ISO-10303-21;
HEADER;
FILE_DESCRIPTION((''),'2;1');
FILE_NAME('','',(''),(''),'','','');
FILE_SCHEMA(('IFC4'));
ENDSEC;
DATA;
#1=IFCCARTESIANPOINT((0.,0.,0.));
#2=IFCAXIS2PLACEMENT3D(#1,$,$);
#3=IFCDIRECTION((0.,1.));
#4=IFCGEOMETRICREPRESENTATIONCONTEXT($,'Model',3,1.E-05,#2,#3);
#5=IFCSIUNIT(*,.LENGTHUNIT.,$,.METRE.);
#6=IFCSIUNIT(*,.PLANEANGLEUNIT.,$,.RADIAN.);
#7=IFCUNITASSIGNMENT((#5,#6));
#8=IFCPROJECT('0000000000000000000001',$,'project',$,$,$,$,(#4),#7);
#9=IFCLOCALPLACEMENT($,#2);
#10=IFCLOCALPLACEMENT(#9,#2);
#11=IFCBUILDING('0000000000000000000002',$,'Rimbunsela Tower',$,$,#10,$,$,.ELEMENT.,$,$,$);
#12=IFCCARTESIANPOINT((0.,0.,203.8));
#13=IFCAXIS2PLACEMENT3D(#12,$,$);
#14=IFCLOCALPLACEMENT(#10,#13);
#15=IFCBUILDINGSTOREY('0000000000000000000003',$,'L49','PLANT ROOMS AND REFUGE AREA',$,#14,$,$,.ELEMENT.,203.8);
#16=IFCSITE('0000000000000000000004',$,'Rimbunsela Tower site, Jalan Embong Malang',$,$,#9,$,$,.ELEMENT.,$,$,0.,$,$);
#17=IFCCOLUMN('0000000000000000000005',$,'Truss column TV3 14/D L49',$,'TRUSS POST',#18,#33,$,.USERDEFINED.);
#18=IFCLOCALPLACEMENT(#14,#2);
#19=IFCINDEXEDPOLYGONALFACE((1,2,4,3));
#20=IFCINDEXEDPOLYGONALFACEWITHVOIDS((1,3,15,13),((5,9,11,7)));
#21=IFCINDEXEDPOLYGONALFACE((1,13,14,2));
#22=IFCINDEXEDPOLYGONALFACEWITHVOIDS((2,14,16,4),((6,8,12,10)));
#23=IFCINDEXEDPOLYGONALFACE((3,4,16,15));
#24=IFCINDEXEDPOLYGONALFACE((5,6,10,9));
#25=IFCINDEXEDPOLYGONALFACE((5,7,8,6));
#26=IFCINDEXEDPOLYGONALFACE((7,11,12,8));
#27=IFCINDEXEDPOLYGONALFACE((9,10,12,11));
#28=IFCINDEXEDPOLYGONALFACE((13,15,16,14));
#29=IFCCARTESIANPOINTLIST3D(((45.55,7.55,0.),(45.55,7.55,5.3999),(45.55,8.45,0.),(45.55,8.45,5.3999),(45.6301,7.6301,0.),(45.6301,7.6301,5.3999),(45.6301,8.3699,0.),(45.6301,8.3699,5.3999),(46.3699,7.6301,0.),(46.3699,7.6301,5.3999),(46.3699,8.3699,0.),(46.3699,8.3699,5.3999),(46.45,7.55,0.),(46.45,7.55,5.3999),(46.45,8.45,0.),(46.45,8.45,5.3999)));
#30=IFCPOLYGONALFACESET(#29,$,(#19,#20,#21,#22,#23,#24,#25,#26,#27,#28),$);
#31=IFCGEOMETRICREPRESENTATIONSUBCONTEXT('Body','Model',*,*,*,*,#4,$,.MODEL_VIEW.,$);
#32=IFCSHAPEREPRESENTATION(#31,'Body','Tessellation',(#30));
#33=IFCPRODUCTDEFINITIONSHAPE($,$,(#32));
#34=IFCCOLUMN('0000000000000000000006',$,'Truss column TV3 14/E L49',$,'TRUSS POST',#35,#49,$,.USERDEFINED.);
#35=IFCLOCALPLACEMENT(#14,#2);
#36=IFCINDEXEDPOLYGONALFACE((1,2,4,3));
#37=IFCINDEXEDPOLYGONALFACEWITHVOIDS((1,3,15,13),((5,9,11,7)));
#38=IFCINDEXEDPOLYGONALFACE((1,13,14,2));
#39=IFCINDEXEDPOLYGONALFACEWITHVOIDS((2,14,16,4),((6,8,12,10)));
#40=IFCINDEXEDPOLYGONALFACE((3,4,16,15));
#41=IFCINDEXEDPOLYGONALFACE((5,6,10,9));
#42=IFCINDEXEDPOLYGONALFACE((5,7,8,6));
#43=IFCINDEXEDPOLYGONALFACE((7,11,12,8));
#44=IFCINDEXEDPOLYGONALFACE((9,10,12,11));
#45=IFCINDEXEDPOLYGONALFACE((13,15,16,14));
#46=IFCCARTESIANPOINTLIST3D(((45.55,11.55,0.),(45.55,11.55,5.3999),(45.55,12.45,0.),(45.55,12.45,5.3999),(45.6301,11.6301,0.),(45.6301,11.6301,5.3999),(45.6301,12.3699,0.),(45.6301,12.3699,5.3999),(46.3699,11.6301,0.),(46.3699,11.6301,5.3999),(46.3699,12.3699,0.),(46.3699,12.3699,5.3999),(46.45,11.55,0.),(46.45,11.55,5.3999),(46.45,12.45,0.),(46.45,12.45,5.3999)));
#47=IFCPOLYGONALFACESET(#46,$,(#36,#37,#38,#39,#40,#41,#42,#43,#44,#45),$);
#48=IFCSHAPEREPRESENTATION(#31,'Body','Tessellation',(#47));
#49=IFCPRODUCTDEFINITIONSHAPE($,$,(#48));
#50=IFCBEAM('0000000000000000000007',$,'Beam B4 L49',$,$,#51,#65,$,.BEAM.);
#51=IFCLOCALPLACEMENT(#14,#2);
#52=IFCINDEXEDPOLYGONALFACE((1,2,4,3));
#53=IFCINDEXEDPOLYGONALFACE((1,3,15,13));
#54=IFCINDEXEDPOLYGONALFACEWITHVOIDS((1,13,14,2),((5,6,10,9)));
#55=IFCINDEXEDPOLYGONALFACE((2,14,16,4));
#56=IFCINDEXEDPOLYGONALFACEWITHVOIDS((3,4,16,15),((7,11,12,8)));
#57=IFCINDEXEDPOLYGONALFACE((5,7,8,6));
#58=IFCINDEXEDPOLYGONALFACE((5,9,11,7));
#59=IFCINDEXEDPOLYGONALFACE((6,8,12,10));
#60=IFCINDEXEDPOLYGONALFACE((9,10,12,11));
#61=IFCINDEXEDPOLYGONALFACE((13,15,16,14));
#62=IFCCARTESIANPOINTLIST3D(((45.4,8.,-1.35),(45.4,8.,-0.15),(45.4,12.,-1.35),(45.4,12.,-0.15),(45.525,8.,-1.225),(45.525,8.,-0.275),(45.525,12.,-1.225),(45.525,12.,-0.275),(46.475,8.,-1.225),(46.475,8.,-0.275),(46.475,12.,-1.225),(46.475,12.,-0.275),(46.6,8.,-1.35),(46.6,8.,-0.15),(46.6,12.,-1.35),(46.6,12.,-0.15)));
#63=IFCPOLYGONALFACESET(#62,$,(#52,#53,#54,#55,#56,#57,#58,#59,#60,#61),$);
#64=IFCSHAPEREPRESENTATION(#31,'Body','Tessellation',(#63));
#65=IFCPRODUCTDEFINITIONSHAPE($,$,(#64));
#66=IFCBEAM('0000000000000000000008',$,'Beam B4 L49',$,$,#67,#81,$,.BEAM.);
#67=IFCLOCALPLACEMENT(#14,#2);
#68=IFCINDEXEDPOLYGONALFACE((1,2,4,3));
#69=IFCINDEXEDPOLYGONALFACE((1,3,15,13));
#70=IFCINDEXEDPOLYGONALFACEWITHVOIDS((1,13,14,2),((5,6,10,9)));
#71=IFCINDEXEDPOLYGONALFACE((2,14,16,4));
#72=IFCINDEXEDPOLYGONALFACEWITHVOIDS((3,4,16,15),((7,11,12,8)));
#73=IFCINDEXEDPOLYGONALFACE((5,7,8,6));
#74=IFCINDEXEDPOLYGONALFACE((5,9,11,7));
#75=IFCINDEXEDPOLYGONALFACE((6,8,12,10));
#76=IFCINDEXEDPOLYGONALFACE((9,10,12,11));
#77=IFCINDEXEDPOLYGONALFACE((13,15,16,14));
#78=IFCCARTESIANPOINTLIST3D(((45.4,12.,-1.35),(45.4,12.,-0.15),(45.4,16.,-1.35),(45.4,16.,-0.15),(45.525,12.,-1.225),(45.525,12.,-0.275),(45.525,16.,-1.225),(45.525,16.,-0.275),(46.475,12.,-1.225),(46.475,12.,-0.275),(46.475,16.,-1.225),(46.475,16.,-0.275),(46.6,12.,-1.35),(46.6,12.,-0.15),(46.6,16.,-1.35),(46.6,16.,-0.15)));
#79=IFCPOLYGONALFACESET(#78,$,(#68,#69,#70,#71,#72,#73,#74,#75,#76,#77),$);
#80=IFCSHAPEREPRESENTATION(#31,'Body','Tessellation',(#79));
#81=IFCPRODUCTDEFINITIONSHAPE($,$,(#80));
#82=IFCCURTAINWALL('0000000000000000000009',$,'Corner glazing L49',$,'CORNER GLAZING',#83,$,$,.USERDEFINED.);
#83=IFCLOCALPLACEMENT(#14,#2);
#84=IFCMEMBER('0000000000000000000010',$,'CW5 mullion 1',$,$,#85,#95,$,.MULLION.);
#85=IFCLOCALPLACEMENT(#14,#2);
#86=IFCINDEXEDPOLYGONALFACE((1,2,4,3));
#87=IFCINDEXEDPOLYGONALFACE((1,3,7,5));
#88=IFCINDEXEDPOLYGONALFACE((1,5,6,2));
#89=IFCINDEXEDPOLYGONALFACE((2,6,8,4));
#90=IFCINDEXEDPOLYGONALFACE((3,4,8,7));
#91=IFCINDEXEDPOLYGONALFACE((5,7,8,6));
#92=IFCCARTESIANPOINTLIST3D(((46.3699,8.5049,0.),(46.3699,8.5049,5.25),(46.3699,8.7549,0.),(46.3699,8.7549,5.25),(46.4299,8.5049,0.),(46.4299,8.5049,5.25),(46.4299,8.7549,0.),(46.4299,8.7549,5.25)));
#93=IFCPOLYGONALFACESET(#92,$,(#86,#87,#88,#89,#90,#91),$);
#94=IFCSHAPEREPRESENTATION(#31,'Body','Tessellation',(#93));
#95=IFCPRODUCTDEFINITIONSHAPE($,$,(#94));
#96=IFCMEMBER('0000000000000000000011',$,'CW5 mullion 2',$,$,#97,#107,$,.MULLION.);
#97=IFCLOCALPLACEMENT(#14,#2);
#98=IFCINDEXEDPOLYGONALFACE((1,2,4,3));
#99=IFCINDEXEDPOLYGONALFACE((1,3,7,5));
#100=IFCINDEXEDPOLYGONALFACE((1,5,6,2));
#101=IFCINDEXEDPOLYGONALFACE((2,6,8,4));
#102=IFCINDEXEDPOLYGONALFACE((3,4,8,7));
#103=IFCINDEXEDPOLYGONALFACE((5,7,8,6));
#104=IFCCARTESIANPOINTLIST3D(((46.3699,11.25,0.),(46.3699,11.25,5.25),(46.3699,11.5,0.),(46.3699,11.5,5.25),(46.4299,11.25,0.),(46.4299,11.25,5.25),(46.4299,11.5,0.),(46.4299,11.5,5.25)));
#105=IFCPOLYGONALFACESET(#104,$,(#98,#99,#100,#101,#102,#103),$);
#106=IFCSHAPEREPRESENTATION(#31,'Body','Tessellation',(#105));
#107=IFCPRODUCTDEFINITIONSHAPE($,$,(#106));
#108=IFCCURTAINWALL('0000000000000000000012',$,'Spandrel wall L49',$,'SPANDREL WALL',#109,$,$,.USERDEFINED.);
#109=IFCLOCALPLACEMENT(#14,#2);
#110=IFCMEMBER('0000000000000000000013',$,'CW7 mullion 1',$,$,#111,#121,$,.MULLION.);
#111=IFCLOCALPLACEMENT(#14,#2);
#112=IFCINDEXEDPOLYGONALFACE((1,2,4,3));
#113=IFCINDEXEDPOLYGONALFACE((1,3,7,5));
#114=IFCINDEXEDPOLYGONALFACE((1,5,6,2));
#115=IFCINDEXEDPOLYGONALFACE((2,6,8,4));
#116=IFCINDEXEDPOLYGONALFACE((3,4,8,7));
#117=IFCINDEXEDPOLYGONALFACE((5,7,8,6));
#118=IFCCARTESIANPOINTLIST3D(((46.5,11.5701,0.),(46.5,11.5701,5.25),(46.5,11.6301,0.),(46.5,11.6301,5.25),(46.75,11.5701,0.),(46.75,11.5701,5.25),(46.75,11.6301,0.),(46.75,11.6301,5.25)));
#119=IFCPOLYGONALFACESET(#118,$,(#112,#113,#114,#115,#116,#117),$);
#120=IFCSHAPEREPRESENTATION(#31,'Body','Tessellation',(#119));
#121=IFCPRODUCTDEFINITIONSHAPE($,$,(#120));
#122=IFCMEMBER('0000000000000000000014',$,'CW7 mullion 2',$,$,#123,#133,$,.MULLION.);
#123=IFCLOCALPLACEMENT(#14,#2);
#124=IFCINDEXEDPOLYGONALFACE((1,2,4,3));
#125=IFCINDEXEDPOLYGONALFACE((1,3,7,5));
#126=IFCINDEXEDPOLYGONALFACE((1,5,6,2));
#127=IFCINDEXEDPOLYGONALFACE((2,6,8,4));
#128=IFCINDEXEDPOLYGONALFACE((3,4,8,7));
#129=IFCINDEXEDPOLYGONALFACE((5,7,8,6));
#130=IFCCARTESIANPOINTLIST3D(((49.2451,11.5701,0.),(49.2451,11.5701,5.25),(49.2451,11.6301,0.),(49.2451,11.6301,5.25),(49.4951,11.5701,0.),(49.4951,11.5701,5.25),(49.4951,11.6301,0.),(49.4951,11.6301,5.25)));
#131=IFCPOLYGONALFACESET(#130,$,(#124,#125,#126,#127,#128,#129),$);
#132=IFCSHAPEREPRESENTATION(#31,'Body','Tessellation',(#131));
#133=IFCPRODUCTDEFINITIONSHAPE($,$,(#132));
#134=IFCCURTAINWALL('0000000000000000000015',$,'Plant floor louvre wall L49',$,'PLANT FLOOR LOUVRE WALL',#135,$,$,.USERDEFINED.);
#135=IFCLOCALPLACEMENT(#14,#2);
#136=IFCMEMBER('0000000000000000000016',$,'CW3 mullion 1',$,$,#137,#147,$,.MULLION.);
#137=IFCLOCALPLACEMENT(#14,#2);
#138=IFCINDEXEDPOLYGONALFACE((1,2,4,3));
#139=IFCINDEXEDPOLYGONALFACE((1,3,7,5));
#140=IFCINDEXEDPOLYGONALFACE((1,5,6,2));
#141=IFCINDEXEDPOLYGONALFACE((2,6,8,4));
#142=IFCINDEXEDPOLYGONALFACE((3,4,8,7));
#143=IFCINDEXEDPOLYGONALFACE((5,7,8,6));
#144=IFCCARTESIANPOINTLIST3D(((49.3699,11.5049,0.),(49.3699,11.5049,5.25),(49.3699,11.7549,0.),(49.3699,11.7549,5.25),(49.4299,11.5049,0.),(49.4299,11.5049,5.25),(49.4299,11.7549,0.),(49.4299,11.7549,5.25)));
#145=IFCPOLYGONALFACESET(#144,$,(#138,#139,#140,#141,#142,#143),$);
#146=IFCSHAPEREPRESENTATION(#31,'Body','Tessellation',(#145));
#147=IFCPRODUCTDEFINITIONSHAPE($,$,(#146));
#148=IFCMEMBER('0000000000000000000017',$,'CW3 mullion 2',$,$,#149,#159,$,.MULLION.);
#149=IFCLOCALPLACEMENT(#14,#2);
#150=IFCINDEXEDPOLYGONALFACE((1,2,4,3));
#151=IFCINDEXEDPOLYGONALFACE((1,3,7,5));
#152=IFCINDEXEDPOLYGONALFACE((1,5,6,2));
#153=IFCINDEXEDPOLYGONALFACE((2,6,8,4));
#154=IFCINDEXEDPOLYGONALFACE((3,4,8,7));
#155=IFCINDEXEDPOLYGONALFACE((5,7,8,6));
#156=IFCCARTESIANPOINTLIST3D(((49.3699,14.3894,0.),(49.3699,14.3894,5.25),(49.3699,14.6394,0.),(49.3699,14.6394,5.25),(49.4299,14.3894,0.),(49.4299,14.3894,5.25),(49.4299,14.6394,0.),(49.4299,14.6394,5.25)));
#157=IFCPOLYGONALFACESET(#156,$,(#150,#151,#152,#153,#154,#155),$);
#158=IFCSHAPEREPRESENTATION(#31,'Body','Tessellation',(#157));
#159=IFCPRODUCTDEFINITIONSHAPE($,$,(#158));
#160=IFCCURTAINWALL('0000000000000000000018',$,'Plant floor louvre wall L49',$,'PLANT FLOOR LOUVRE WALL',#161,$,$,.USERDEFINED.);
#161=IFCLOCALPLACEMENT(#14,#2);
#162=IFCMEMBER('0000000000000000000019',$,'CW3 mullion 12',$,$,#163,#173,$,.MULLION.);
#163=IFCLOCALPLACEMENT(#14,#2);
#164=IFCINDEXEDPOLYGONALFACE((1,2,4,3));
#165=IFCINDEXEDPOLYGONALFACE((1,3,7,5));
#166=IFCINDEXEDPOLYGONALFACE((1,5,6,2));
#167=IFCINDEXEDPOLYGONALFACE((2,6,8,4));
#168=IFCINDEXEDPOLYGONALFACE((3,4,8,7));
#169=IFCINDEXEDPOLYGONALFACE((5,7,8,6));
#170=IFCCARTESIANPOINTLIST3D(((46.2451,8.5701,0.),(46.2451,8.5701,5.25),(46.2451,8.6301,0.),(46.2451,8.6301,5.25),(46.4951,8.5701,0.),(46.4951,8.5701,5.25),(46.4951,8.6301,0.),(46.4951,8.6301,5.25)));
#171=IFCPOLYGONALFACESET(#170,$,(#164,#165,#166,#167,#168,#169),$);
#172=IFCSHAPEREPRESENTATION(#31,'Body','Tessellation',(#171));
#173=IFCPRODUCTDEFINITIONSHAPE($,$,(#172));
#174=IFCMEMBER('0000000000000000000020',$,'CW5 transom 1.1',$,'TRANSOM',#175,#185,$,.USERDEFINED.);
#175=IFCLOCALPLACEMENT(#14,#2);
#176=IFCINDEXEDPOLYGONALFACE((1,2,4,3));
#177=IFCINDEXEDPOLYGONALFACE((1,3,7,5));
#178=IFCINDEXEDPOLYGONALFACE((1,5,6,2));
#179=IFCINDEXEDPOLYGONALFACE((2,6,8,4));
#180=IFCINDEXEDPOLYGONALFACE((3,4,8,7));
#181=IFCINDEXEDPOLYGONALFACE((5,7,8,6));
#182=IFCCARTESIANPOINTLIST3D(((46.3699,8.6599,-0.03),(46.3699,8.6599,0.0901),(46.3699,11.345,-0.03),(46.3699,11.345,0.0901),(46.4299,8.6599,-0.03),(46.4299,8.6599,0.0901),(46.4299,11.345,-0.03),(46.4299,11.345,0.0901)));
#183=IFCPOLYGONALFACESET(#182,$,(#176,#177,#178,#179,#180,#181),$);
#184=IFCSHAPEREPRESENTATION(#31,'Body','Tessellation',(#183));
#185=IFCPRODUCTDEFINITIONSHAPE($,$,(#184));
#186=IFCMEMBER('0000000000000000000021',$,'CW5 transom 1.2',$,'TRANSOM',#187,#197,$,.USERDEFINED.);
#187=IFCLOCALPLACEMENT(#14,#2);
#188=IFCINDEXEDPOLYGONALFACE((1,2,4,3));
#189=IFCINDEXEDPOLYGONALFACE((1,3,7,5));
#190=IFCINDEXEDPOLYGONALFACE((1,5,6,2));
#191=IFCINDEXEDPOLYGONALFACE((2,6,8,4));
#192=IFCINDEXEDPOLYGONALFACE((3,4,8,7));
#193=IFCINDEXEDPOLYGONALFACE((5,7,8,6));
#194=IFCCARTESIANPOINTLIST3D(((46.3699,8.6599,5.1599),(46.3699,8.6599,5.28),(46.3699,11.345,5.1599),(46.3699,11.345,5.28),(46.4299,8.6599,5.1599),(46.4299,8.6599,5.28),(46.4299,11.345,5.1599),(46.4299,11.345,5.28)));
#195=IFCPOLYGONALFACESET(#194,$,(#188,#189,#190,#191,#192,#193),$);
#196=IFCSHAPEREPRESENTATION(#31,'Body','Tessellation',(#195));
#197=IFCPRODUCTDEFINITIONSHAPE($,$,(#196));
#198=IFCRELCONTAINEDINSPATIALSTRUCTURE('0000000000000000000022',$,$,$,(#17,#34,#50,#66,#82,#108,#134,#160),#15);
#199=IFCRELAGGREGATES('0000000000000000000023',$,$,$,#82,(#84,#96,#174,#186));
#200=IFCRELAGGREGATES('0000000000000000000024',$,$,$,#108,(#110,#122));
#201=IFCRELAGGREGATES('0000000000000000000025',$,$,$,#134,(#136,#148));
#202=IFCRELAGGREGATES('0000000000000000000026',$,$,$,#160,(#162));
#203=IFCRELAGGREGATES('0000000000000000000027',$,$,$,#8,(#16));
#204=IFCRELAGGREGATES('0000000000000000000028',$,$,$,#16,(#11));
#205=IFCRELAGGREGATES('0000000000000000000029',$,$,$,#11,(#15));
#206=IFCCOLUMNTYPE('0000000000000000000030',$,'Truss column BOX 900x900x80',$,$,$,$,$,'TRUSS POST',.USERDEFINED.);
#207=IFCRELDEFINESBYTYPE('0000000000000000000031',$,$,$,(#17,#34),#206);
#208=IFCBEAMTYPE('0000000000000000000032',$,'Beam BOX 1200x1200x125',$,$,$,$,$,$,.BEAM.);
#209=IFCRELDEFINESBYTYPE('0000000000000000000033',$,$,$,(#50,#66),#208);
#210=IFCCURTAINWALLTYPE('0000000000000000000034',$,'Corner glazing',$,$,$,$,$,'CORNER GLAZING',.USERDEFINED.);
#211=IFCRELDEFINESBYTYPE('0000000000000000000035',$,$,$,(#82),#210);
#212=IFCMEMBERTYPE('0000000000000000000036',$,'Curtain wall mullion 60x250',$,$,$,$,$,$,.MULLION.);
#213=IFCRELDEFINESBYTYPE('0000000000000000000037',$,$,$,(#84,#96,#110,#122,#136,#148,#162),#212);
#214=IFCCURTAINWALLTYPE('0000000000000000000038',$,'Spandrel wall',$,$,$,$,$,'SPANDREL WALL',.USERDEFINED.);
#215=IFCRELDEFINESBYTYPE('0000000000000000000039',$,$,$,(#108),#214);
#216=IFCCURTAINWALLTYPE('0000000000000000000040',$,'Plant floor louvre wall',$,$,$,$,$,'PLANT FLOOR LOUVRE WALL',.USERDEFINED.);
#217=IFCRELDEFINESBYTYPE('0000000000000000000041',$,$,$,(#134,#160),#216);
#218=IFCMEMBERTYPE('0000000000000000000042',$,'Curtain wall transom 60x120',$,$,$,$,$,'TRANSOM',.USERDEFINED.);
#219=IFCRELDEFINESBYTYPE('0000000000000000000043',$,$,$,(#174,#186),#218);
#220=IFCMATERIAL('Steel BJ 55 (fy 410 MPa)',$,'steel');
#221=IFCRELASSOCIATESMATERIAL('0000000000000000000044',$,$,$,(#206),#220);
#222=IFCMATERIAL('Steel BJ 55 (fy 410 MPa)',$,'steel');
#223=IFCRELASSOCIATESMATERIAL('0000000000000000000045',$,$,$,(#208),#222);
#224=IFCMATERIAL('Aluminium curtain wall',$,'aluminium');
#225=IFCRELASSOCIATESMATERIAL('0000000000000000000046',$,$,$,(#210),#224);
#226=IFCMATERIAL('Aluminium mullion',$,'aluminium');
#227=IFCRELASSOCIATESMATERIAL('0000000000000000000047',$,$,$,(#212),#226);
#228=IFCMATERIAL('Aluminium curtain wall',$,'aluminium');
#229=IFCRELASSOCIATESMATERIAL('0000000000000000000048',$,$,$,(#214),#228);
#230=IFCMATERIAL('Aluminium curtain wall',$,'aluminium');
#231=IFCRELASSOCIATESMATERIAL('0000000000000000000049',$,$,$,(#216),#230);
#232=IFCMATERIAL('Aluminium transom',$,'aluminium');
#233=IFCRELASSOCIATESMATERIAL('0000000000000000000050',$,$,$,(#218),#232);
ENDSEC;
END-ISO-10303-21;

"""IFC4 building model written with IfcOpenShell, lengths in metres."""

from ifc_helpers import new_model, si_unit, direction, frame, origin, origin_2d, place, context, subcontext, project, spatial, rectangle, hollow_rectangle, extrude, material, material_profile, profile_set, type_object, element, aggregate, save


model = new_model("IFC4")

# Units and contexts
model_context = context("Model", 3, precision=1e-05, world=origin(), true_north=direction((0.0, 1.0)))
body_context = subcontext(model_context, "Body", "Model", "MODEL_VIEW")
ifc_project = project(units=[si_unit("LENGTHUNIT", "METRE"), si_unit("PLANEANGLEUNIT", "RADIAN")], contexts=[model_context])

# Site, building, storey
site_placement = place(None, origin())
site = spatial("IfcSite", under=ifc_project, at=site_placement, Name="Rimbunsela Tower site, Jalan Embong Malang", CompositionType="ELEMENT", RefElevation=0.0)
building_placement = place(site_placement, origin())
building = spatial("IfcBuilding", under=site, at=building_placement, Name="Rimbunsela Tower", CompositionType="ELEMENT")
storey_placement = place(building_placement, frame((0.0, 0.0, 203.8)))
storey = spatial("IfcBuildingStorey", under=building, at=storey_placement, Name="L49", Description="PLANT ROOMS AND REFUGE AREA", CompositionType="ELEMENT", Elevation=203.8)

# Columns
ifc_material_1 = material(Name="Steel BJ 55 (fy 410 MPa)", Category="steel")
ifc_material_profile_1 = material_profile(ifc_material_1, hollow_rectangle(XDim=0.8999, YDim=0.8999, WallThickness=0.0801, at=origin_2d()), Name="BOX 900x900x80")
ifc_profile_set_1 = profile_set([ifc_material_profile_1], Name="Steel BJ 55 (fy 410 MPa)")
column_type = type_object("IfcColumnType", Name="Truss column BOX 900x900x80", ElementType="TRUSS POST", PredefinedType="USERDEFINED", material=ifc_profile_set_1)
for number, where, z_axis, x_axis, name in (
    (1, (46.0, 8.0, 0.0), (0.0, 0.0, 1.0), (1.0, 0.0, 0.0), "Truss column TV3 14/D L49"),
    (2, (46.0, 12.0, 0.0), (0.0, 0.0, 1.0), (1.0, 0.0, 0.0), "Truss column TV3 14/E L49"),
):
    element("IfcColumn", number, at=place(storey_placement, frame(where, z_axis=z_axis, x_axis=x_axis)), inside=storey, type_object=column_type, Name=name, ObjectType="TRUSS POST", PredefinedType="USERDEFINED", context=body_context, shape_type="SweptSolid", body=[
        extrude(hollow_rectangle(XDim=0.8999, YDim=0.8999, WallThickness=0.0801, at=origin_2d()), origin(), (0.0, 0.0, 1.0), 5.3999),
    ])

# Beams
ifc_material_2 = material(Name="Steel BJ 55 (fy 410 MPa)", Category="steel")
ifc_material_profile_2 = material_profile(ifc_material_2, hollow_rectangle(XDim=1.2, YDim=1.2, WallThickness=0.125, at=origin_2d()), Name="BOX 1200x1200x125")
ifc_profile_set_2 = profile_set([ifc_material_profile_2], Name="Steel BJ 55 (fy 410 MPa)")
beam_type_1 = type_object("IfcBeamType", Name="Beam BOX 1200x1200x125", PredefinedType="BEAM", material=ifc_profile_set_2)
for number, where, z_axis, x_axis, name in (
    (3, (46.0, 8.0, -0.75), (0.0, 1.0, 0.0), (-1.0, 0.0, 0.0), "Beam B4 L49"),
    (4, (46.0, 12.0, -0.75), (0.0, 1.0, 0.0), (-1.0, 0.0, 0.0), "Beam B4 L49"),
):
    element("IfcBeam", number, at=place(storey_placement, frame(where, z_axis=z_axis, x_axis=x_axis)), inside=storey, type_object=beam_type_1, Name=name, PredefinedType="BEAM", context=body_context, shape_type="SweptSolid", body=[
        extrude(hollow_rectangle(XDim=1.2, YDim=1.2, WallThickness=0.125, at=origin_2d()), origin(), (0.0, 0.0, 1.0), 4.0),
    ])

# Curtain walls, members
ifc_material_3 = material(Name="Aluminium curtain wall", Category="aluminium")
curtain_wall_type_1 = type_object("IfcCurtainWallType", Name="Corner glazing", ElementType="CORNER GLAZING", PredefinedType="USERDEFINED", material=ifc_material_3)
curtain_wall_1_placement = place(storey_placement, origin())
curtain_wall_1 = element("IfcCurtainWall", 5, at=curtain_wall_1_placement, inside=storey, type_object=curtain_wall_type_1, Name="Corner glazing L49", ObjectType="CORNER GLAZING", PredefinedType="USERDEFINED")
ifc_material_4 = material(Name="Aluminium mullion", Category="aluminium")
ifc_material_profile_3 = material_profile(ifc_material_4, rectangle(XDim=0.0601, YDim=0.25, at=origin_2d()), Name="Mullion 60x250")
ifc_profile_set_3 = profile_set([ifc_material_profile_3], Name="Aluminium mullion")
member_type_1 = type_object("IfcMemberType", Name="Curtain wall mullion 60x250", PredefinedType="MULLION", material=ifc_profile_set_3)
member_1_placement = place(storey_placement, frame((46.3999, 8.6299, 0.0), z_axis=(0.0, 0.0, 1.0), x_axis=(-1.0, 0.0, 0.0)))
member_1 = element("IfcMember", 6, at=member_1_placement, type_object=member_type_1, Name="CW5 mullion 1", PredefinedType="MULLION", context=body_context, shape_type="SweptSolid", body=[
    extrude(rectangle(XDim=0.0601, YDim=0.25, at=origin_2d()), origin(), (0.0, 0.0, 1.0), 5.25),
])
member_2_placement = place(storey_placement, frame((46.3999, 11.375, 0.0), z_axis=(0.0, 0.0, 1.0), x_axis=(-1.0, 0.0, 0.0)))
member_2 = element("IfcMember", 7, at=member_2_placement, type_object=member_type_1, Name="CW5 mullion 2", PredefinedType="MULLION", context=body_context, shape_type="SweptSolid", body=[
    extrude(rectangle(XDim=0.0601, YDim=0.25, at=origin_2d()), origin(), (0.0, 0.0, 1.0), 5.25),
])
ifc_material_5 = material(Name="Aluminium curtain wall", Category="aluminium")
curtain_wall_type_2 = type_object("IfcCurtainWallType", Name="Spandrel wall", ElementType="SPANDREL WALL", PredefinedType="USERDEFINED", material=ifc_material_5)
curtain_wall_2_placement = place(storey_placement, origin())
curtain_wall_2 = element("IfcCurtainWall", 8, at=curtain_wall_2_placement, inside=storey, type_object=curtain_wall_type_2, Name="Spandrel wall L49", ObjectType="SPANDREL WALL", PredefinedType="USERDEFINED")
member_3_placement = place(storey_placement, frame((46.625, 11.6001, 0.0), z_axis=(0.0, 0.0, 1.0), x_axis=(0.0, 1.0, 0.0)))
member_3 = element("IfcMember", 9, at=member_3_placement, type_object=member_type_1, Name="CW7 mullion 1", PredefinedType="MULLION", context=body_context, shape_type="SweptSolid", body=[
    extrude(rectangle(XDim=0.0601, YDim=0.25, at=origin_2d()), origin(), (0.0, 0.0, 1.0), 5.25),
])
member_4_placement = place(storey_placement, frame((49.3701, 11.6001, 0.0), z_axis=(0.0, 0.0, 1.0), x_axis=(0.0, 1.0, 0.0)))
member_4 = element("IfcMember", 10, at=member_4_placement, type_object=member_type_1, Name="CW7 mullion 2", PredefinedType="MULLION", context=body_context, shape_type="SweptSolid", body=[
    extrude(rectangle(XDim=0.0601, YDim=0.25, at=origin_2d()), origin(), (0.0, 0.0, 1.0), 5.25),
])
ifc_material_6 = material(Name="Aluminium curtain wall", Category="aluminium")
curtain_wall_type_3 = type_object("IfcCurtainWallType", Name="Plant floor louvre wall", ElementType="PLANT FLOOR LOUVRE WALL", PredefinedType="USERDEFINED", material=ifc_material_6)
curtain_wall_3_placement = place(storey_placement, origin())
curtain_wall_3 = element("IfcCurtainWall", 11, at=curtain_wall_3_placement, inside=storey, type_object=curtain_wall_type_3, Name="Plant floor louvre wall L49", ObjectType="PLANT FLOOR LOUVRE WALL", PredefinedType="USERDEFINED")
member_5_placement = place(storey_placement, frame((49.3999, 11.6299, 0.0), z_axis=(0.0, 0.0, 1.0), x_axis=(-1.0, 0.0, 0.0)))
member_5 = element("IfcMember", 12, at=member_5_placement, type_object=member_type_1, Name="CW3 mullion 1", PredefinedType="MULLION", context=body_context, shape_type="SweptSolid", body=[
    extrude(rectangle(XDim=0.0601, YDim=0.25, at=origin_2d()), origin(), (0.0, 0.0, 1.0), 5.25),
])
member_6_placement = place(storey_placement, frame((49.3999, 14.5144, 0.0), z_axis=(0.0, 0.0, 1.0), x_axis=(-1.0, 0.0, 0.0)))
member_6 = element("IfcMember", 13, at=member_6_placement, type_object=member_type_1, Name="CW3 mullion 2", PredefinedType="MULLION", context=body_context, shape_type="SweptSolid", body=[
    extrude(rectangle(XDim=0.0601, YDim=0.25, at=origin_2d()), origin(), (0.0, 0.0, 1.0), 5.25),
])

# Curtain wall, member
curtain_wall_4_placement = place(storey_placement, origin())
curtain_wall_4 = element("IfcCurtainWall", 14, at=curtain_wall_4_placement, inside=storey, type_object=curtain_wall_type_3, Name="Plant floor louvre wall L49", ObjectType="PLANT FLOOR LOUVRE WALL", PredefinedType="USERDEFINED")
member_7_placement = place(storey_placement, frame((46.3701, 8.6001, 0.0), z_axis=(0.0, 0.0, 1.0), x_axis=(0.0, 1.0, 0.0)))
member_7 = element("IfcMember", 15, at=member_7_placement, type_object=member_type_1, Name="CW3 mullion 12", PredefinedType="MULLION", context=body_context, shape_type="SweptSolid", body=[
    extrude(rectangle(XDim=0.0601, YDim=0.25, at=origin_2d()), origin(), (0.0, 0.0, 1.0), 5.25),
])

# Members
ifc_material_7 = material(Name="Aluminium transom", Category="aluminium")
ifc_material_profile_4 = material_profile(ifc_material_7, rectangle(XDim=0.0601, YDim=0.1201, at=origin_2d()), Name="Transom 60x120")
ifc_profile_set_4 = profile_set([ifc_material_profile_4], Name="Aluminium transom")
member_type_2 = type_object("IfcMemberType", Name="Curtain wall transom 60x120", ElementType="TRANSOM", PredefinedType="USERDEFINED", material=ifc_profile_set_4)
member_8_placement = place(storey_placement, frame((46.3999, 8.6599, 0.03), z_axis=(0.0, 1.0, 0.0), x_axis=(-1.0, 0.0, 0.0)))
member_8 = element("IfcMember", 16, at=member_8_placement, type_object=member_type_2, Name="CW5 transom 1.1", ObjectType="TRANSOM", PredefinedType="USERDEFINED", context=body_context, shape_type="SweptSolid", body=[
    extrude(rectangle(XDim=0.0601, YDim=0.1201, at=origin_2d()), origin(), (0.0, 0.0, 1.0), 2.6851),
])
member_9_placement = place(storey_placement, frame((46.3999, 8.6599, 5.22), z_axis=(0.0, 1.0, 0.0), x_axis=(-1.0, 0.0, 0.0)))
member_9 = element("IfcMember", 17, at=member_9_placement, type_object=member_type_2, Name="CW5 transom 1.2", ObjectType="TRANSOM", PredefinedType="USERDEFINED", context=body_context, shape_type="SweptSolid", body=[
    extrude(rectangle(XDim=0.0601, YDim=0.1201, at=origin_2d()), origin(), (0.0, 0.0, 1.0), 2.6851),
])

aggregate(curtain_wall_1, [member_1, member_2, member_8, member_9])
aggregate(curtain_wall_2, [member_3, member_4])
aggregate(curtain_wall_3, [member_5, member_6])
aggregate(curtain_wall_4, [member_7])

save(model, "model.ifc")
